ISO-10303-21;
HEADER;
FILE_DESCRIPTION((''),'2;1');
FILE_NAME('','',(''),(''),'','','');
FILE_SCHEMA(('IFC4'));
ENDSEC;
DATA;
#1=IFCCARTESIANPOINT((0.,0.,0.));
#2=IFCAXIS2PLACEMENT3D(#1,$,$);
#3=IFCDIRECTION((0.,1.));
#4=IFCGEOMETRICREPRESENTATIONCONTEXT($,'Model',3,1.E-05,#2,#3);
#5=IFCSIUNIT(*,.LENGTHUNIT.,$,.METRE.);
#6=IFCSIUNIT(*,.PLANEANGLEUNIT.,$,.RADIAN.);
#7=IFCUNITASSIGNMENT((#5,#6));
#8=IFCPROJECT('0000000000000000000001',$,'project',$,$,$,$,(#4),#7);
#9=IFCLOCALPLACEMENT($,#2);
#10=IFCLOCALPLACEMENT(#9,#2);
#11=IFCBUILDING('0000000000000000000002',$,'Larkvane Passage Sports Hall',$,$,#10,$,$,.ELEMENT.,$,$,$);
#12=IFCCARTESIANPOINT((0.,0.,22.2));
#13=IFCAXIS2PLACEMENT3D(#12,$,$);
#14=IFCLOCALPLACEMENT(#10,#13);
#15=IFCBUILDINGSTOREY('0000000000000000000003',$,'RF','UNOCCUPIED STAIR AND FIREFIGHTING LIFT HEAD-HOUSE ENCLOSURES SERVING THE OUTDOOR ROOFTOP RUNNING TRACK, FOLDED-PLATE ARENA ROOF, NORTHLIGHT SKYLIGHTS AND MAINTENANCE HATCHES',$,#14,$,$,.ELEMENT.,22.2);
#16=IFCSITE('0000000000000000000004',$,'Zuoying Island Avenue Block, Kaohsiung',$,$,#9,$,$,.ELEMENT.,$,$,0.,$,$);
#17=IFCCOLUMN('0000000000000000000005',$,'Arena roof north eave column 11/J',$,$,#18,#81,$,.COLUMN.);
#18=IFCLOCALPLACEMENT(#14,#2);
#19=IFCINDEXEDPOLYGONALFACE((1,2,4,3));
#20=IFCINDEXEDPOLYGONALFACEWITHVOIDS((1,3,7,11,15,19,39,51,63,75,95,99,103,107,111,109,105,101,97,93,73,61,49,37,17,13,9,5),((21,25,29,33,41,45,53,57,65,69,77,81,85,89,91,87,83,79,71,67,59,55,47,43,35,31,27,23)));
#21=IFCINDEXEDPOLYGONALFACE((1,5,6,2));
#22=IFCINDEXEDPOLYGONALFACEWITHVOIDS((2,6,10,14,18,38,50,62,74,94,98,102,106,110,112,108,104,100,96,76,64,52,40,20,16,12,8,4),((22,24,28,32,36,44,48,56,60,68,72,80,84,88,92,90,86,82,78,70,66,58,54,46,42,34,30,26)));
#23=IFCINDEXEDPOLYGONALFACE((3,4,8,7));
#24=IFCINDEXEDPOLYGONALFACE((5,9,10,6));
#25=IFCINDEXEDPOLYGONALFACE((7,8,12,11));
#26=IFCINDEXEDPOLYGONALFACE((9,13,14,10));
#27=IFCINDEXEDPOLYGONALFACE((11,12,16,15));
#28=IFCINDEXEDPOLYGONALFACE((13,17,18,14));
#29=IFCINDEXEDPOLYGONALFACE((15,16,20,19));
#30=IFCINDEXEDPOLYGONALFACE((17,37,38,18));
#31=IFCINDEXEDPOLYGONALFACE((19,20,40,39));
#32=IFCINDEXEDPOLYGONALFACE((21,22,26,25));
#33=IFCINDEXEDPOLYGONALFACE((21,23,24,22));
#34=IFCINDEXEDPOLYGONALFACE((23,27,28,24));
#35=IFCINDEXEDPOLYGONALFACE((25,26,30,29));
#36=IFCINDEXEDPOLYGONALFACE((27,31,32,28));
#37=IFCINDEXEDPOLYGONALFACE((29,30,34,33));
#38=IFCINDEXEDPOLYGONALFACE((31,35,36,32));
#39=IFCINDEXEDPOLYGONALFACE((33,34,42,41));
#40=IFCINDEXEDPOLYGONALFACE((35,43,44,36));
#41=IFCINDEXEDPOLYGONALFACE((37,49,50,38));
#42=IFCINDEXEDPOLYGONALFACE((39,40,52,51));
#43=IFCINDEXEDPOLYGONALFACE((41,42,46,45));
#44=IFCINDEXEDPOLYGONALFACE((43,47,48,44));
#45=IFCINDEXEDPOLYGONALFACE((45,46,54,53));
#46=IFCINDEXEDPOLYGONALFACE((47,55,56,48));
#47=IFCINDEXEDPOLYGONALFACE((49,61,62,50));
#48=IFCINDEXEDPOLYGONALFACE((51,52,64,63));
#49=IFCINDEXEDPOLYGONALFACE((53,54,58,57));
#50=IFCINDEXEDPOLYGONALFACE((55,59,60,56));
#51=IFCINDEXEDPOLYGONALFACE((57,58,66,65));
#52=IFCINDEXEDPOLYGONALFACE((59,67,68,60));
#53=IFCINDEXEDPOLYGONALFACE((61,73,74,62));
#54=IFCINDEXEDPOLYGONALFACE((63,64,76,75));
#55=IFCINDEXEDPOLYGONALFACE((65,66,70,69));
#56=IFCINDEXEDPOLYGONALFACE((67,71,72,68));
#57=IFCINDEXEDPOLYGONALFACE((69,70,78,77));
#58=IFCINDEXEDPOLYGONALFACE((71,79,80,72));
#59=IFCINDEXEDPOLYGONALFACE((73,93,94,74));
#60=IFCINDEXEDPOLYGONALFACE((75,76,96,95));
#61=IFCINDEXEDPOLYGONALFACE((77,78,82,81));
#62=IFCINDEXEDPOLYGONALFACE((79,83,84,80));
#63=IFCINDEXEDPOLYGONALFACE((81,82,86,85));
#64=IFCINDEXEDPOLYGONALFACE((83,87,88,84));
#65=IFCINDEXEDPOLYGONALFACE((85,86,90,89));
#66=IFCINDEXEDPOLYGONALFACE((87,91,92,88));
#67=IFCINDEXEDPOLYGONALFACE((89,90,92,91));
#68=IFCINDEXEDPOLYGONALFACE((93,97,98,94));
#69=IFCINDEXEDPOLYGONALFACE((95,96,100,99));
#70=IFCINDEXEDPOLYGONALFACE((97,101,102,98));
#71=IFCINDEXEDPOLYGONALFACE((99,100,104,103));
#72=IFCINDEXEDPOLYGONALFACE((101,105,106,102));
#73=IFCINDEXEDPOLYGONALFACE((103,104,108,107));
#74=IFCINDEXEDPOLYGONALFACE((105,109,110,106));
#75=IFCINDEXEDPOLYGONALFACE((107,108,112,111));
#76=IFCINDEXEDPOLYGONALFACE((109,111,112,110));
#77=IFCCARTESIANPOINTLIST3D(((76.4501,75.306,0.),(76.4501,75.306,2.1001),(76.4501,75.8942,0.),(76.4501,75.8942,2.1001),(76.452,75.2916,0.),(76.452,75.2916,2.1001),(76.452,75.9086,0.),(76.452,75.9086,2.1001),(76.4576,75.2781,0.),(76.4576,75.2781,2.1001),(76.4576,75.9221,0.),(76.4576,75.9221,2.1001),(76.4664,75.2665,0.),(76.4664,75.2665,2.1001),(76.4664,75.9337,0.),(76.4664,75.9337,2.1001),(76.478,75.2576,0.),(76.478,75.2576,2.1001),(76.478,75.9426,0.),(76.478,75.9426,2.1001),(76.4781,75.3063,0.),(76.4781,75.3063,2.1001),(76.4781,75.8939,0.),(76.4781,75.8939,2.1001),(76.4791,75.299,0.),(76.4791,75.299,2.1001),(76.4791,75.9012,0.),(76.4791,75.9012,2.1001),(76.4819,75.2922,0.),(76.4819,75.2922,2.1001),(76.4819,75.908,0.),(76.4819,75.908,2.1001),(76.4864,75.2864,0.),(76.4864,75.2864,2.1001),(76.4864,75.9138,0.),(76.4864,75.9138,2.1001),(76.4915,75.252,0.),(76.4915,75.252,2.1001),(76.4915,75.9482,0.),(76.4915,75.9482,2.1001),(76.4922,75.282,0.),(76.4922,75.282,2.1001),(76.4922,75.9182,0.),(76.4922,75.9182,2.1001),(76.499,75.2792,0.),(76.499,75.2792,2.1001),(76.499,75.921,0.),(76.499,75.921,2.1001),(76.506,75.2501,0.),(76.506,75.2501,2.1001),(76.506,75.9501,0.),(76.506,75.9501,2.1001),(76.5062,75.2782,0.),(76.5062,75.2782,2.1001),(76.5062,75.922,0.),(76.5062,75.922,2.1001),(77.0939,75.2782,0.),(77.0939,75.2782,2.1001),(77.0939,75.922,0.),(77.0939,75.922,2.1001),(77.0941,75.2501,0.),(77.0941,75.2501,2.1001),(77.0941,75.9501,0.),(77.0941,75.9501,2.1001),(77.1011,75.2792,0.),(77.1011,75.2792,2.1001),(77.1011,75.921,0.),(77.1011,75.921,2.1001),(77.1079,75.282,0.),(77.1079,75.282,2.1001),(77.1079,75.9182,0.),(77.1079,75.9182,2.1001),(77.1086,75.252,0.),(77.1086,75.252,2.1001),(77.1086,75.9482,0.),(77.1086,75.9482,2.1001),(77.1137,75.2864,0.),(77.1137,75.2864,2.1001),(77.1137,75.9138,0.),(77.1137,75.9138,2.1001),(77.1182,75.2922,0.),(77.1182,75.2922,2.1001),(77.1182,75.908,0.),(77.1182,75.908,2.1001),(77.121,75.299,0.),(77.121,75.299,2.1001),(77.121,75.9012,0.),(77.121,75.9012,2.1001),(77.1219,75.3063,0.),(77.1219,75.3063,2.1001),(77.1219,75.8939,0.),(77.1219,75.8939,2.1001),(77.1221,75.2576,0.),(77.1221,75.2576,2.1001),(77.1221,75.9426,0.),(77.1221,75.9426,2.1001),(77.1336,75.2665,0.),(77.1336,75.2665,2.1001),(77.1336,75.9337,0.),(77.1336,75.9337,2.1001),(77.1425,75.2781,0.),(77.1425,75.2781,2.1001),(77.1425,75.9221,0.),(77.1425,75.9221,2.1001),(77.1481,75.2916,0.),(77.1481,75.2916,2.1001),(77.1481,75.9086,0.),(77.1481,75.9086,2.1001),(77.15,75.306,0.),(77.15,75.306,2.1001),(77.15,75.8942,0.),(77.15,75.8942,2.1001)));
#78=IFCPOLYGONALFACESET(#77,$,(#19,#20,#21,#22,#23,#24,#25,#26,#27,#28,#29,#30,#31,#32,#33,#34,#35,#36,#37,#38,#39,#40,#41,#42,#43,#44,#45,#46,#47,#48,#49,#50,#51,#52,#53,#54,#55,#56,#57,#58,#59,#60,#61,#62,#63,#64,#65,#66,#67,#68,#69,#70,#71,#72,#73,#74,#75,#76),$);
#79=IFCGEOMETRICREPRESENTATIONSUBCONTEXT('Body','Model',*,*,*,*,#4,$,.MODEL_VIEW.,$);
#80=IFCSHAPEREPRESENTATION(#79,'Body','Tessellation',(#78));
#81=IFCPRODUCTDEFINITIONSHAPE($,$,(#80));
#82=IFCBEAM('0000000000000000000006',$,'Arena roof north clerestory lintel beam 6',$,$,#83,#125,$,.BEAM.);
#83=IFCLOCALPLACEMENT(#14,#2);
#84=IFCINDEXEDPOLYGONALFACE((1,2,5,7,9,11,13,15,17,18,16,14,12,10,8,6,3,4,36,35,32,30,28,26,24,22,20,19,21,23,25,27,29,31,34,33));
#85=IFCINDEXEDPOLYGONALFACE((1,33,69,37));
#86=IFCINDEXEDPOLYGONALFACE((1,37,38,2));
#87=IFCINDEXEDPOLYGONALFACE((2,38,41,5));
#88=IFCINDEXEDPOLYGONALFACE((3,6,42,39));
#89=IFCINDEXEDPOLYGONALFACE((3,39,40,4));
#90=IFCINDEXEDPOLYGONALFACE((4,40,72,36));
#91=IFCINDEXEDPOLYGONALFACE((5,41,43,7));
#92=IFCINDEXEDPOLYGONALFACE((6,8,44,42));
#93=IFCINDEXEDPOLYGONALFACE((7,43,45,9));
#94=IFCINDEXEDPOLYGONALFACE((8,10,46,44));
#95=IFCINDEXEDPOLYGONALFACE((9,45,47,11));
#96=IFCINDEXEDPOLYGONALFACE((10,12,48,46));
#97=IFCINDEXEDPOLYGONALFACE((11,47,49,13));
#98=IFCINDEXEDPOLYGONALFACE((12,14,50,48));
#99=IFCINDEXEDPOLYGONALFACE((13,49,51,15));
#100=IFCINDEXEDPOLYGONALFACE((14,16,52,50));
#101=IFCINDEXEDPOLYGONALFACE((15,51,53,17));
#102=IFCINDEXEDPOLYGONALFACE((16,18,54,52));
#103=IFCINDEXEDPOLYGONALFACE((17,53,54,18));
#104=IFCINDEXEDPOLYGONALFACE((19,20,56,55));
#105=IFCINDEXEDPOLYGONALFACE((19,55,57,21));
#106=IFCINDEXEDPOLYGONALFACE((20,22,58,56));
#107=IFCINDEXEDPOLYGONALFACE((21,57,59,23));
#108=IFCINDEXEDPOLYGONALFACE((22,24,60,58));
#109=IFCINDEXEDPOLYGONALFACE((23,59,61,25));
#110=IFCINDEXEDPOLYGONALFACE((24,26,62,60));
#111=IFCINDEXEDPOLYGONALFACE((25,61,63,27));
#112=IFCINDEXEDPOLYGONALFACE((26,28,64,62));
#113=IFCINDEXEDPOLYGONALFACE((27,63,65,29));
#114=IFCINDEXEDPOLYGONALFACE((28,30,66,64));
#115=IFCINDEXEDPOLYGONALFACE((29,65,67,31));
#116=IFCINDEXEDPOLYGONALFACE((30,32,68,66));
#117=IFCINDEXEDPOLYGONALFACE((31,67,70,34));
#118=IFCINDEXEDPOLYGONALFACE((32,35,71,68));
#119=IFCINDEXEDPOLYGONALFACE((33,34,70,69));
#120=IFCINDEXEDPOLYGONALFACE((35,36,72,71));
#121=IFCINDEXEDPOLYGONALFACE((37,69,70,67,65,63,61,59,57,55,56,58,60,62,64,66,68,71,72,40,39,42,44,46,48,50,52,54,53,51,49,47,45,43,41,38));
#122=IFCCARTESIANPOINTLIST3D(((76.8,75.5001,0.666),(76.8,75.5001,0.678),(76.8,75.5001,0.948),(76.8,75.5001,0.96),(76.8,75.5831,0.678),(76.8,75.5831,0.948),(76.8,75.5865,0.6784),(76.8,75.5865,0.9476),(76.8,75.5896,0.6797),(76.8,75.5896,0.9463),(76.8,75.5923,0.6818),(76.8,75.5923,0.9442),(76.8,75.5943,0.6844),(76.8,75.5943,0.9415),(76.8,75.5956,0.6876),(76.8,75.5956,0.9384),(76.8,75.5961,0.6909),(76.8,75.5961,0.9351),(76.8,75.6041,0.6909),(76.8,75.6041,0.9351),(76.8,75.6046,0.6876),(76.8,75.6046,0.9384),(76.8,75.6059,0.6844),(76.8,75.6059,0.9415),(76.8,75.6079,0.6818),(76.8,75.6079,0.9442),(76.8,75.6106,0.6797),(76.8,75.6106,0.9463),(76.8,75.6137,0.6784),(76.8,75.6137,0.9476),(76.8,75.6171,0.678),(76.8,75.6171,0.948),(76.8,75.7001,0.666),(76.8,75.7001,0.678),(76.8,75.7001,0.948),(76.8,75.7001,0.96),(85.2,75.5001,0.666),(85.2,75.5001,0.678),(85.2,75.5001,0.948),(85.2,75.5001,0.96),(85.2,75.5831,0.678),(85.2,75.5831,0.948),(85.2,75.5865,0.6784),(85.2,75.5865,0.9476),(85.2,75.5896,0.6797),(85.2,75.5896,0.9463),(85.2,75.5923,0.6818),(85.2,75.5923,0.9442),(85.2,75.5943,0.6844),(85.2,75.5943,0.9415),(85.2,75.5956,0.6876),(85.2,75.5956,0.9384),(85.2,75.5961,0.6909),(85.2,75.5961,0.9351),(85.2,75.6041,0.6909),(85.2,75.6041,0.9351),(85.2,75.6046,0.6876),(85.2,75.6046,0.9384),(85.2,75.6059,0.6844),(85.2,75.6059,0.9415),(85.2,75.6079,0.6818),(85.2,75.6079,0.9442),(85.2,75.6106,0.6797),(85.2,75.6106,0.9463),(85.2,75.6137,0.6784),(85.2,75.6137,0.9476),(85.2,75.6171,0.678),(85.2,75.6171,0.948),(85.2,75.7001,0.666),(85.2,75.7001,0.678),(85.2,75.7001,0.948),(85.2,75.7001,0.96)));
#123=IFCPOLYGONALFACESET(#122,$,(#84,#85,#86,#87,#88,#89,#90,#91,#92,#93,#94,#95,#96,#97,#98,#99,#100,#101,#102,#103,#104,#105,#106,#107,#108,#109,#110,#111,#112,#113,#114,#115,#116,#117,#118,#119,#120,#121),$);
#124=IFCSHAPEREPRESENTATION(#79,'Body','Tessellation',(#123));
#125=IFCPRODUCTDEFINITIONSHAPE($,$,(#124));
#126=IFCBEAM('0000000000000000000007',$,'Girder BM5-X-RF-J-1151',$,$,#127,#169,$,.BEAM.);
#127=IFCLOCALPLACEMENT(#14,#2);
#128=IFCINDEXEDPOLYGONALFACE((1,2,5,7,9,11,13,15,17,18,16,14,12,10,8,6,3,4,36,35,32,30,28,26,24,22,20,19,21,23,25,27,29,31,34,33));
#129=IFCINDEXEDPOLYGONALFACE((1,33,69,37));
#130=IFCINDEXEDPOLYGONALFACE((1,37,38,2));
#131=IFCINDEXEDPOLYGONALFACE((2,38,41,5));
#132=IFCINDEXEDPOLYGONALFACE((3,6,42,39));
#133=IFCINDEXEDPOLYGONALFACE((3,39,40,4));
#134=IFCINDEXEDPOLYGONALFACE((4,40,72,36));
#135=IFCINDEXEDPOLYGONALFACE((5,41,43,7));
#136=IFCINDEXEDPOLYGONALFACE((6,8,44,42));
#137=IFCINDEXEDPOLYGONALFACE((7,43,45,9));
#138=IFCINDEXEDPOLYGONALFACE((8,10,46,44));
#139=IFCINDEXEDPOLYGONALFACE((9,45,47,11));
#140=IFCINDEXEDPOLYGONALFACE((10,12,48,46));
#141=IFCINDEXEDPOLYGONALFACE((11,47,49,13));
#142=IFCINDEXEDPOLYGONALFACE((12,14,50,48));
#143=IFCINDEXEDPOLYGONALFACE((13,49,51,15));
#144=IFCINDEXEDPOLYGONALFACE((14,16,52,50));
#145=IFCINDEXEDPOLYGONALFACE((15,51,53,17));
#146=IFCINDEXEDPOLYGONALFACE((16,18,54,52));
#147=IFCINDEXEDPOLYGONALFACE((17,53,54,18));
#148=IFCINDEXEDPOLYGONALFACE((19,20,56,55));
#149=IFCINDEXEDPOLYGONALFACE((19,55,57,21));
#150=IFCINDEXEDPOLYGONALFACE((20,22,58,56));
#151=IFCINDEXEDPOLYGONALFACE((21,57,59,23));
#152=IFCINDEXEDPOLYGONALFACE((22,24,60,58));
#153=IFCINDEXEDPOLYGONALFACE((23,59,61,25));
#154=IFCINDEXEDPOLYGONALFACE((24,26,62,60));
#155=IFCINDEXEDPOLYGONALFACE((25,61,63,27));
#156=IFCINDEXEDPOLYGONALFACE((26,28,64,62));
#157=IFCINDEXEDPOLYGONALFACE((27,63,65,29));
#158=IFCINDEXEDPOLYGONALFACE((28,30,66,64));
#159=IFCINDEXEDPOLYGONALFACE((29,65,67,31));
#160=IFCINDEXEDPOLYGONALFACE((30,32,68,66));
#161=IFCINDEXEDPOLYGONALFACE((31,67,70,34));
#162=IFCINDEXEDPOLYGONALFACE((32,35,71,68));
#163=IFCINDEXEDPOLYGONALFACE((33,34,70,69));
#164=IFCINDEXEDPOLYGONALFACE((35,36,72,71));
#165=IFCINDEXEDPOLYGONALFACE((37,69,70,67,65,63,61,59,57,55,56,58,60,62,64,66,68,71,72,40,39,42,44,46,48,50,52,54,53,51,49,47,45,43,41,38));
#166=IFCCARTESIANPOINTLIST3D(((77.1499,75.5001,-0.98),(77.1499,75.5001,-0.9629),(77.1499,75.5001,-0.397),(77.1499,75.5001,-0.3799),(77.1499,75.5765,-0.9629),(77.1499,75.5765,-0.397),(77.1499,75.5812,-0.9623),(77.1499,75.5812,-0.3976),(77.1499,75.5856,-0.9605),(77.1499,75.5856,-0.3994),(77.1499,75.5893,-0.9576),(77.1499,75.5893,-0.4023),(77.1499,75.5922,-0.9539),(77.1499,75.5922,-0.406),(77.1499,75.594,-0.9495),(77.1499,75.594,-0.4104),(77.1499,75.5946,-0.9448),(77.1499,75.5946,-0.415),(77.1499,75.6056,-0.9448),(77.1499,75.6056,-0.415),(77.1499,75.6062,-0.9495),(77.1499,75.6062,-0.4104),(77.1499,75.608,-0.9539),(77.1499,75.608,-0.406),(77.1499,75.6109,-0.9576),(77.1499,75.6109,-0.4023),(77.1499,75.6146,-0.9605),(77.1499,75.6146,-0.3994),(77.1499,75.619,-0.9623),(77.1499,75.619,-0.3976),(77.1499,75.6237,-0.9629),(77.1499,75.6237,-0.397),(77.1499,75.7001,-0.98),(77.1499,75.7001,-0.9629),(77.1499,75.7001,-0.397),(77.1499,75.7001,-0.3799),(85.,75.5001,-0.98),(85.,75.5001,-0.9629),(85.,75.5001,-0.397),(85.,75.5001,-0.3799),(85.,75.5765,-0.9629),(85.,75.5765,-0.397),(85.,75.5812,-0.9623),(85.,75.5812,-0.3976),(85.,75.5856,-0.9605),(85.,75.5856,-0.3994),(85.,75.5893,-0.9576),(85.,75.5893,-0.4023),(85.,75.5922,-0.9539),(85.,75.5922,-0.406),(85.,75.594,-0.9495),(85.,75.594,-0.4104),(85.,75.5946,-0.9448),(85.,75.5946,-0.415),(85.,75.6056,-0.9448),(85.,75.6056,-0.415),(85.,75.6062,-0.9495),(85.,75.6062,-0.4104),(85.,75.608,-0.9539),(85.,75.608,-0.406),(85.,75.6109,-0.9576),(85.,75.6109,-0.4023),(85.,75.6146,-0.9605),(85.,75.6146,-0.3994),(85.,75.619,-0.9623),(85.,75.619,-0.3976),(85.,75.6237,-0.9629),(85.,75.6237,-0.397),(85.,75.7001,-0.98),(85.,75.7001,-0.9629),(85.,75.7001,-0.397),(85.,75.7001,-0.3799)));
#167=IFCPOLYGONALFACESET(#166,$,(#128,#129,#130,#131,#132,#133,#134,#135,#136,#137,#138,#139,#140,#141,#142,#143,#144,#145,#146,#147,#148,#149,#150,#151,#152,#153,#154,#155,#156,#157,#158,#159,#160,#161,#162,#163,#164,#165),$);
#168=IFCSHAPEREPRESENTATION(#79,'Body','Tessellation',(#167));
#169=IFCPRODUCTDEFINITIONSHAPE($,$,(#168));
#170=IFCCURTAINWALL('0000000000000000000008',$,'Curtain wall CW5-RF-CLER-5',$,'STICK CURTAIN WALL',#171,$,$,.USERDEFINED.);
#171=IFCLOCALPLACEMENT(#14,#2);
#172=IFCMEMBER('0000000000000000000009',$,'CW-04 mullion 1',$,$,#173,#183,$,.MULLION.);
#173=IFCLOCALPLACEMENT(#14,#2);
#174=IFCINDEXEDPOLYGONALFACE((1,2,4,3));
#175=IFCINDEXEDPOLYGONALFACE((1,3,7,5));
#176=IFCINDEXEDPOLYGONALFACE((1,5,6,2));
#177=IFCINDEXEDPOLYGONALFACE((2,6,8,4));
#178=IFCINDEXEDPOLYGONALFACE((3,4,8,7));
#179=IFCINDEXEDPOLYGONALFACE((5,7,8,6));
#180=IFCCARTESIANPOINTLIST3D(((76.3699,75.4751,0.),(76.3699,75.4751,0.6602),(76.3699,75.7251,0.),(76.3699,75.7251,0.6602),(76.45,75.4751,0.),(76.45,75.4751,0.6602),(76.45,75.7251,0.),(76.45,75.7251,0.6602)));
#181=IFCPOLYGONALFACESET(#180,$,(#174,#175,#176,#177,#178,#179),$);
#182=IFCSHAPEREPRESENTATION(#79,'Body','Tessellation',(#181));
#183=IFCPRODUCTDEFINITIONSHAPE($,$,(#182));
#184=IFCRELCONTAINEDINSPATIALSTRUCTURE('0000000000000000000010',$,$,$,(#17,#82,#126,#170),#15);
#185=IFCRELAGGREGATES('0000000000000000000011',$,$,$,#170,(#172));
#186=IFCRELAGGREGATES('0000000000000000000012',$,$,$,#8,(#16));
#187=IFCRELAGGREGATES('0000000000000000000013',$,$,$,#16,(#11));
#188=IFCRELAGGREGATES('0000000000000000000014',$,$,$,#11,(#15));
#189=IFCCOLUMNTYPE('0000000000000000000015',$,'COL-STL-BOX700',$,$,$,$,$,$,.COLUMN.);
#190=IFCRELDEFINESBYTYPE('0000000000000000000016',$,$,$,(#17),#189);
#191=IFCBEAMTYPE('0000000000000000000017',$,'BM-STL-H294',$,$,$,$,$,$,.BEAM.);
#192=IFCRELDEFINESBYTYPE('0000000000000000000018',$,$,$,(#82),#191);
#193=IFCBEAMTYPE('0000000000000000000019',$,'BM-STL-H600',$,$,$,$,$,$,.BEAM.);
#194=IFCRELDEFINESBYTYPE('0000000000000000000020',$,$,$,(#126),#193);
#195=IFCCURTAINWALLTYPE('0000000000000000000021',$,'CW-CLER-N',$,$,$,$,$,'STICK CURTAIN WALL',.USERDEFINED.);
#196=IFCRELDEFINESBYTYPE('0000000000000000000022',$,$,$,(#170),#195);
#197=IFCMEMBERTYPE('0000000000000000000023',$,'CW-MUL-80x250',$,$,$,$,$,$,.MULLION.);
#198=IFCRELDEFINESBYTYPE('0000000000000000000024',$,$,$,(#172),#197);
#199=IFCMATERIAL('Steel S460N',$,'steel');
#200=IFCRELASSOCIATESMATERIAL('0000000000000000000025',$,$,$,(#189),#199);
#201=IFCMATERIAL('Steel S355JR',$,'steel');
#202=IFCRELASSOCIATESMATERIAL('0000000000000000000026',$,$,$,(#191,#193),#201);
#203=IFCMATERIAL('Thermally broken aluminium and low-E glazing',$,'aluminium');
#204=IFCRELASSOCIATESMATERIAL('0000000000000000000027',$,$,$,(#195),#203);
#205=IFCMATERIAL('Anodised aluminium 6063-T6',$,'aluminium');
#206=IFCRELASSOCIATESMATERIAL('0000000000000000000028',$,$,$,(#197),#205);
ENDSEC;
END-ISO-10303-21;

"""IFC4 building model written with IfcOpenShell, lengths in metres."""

from ifc_helpers import new_model, si_unit, direction, frame, origin, origin_2d, place, context, subcontext, project, spatial, rectangle, hollow_rectangle, i_section, extrude, material, material_profile, profile_set, type_object, element, aggregate, save


model = new_model("IFC4")

# Units and contexts
model_context = context("Model", 3, precision=1e-05, world=origin(), true_north=direction((0.0, 1.0)))
body_context = subcontext(model_context, "Body", "Model", "MODEL_VIEW")
ifc_project = project(units=[si_unit("LENGTHUNIT", "METRE"), si_unit("PLANEANGLEUNIT", "RADIAN")], contexts=[model_context])

# Site, building, storey
site_placement = place(None, origin())
site = spatial("IfcSite", under=ifc_project, at=site_placement, Name="Zuoying Island Avenue Block, Kaohsiung", CompositionType="ELEMENT", RefElevation=0.0)
building_placement = place(site_placement, origin())
building = spatial("IfcBuilding", under=site, at=building_placement, Name="Larkvane Passage Sports Hall", CompositionType="ELEMENT")
storey_placement = place(building_placement, frame((0.0, 0.0, 22.2)))
storey = spatial("IfcBuildingStorey", under=building, at=storey_placement, Name="RF", Description="UNOCCUPIED STAIR AND FIREFIGHTING LIFT HEAD-HOUSE ENCLOSURES SERVING THE OUTDOOR ROOFTOP RUNNING TRACK, FOLDED-PLATE ARENA ROOF, NORTHLIGHT SKYLIGHTS AND MAINTENANCE HATCHES", CompositionType="ELEMENT", Elevation=22.2)

# Column
ifc_material_1 = material(Name="Steel S460N", Category="steel")
ifc_material_profile_1 = material_profile(ifc_material_1, hollow_rectangle(XDim=0.7, YDim=0.7, WallThickness=0.0281, InnerFilletRadius=0.0281, OuterFilletRadius=0.0559, at=origin_2d()), Name="BOX-700x700x28")
ifc_profile_set_1 = profile_set([ifc_material_profile_1], Name="Steel S460N")
column_type = type_object("IfcColumnType", Name="COL-STL-BOX700", PredefinedType="COLUMN", material=ifc_profile_set_1)
column_placement = place(storey_placement, frame((76.8, 75.6001, 0.0), z_axis=(0.0, 0.0, 1.0), x_axis=(1.0, 0.0, 0.0)))
element("IfcColumn", 1, at=column_placement, inside=storey, type_object=column_type, Name="Arena roof north eave column 11/J", PredefinedType="COLUMN", context=body_context, shape_type="SweptSolid", body=[
    extrude(hollow_rectangle(XDim=0.7, YDim=0.7, WallThickness=0.0281, InnerFilletRadius=0.0281, OuterFilletRadius=0.0559, at=origin_2d()), origin(), (0.0, 0.0, 1.0), 2.1001),
])

# Beams
ifc_material_2 = material(Name="Steel S355JR", Category="steel")
ifc_material_profile_2 = material_profile(ifc_material_2, i_section(OverallWidth=0.2, OverallDepth=0.2939, WebThickness=0.0081, FlangeThickness=0.012, FilletRadius=0.0129, at=origin_2d()), Name="H-294x200x8x12")
ifc_profile_set_2 = profile_set([ifc_material_profile_2], Name="Steel S355JR")
beam_type_1 = type_object("IfcBeamType", Name="BM-STL-H294", PredefinedType="BEAM", material=ifc_profile_set_2)
beam_1_placement = place(storey_placement, frame((76.8, 75.6001, 0.813), z_axis=(1.0, 0.0, 0.0), x_axis=(0.0, 1.0, 0.0)))
element("IfcBeam", 2, at=beam_1_placement, inside=storey, type_object=beam_type_1, Name="Arena roof north clerestory lintel beam 6", PredefinedType="BEAM", context=body_context, shape_type="SweptSolid", body=[
    extrude(i_section(OverallWidth=0.2, OverallDepth=0.2939, WebThickness=0.0081, FlangeThickness=0.012, FilletRadius=0.0129, at=origin_2d()), origin(), (0.0, 0.0, 1.0), 8.3999),
])
ifc_material_profile_3 = material_profile(ifc_material_2, i_section(OverallWidth=0.2, OverallDepth=0.6001, WebThickness=0.011, FlangeThickness=0.0171, FilletRadius=0.0181, at=origin_2d()), Name="H-600x200x11x17")
ifc_profile_set_3 = profile_set([ifc_material_profile_3], Name="Steel S355JR")
beam_type_2 = type_object("IfcBeamType", Name="BM-STL-H600", PredefinedType="BEAM", material=ifc_profile_set_3)
beam_2_placement = place(storey_placement, frame((77.1499, 75.6001, -0.6799), z_axis=(1.0, 0.0, 0.0), x_axis=(0.0, 1.0, 0.0)))
element("IfcBeam", 3, at=beam_2_placement, inside=storey, type_object=beam_type_2, Name="Girder BM5-X-RF-J-1151", PredefinedType="BEAM", context=body_context, shape_type="SweptSolid", body=[
    extrude(i_section(OverallWidth=0.2, OverallDepth=0.6001, WebThickness=0.011, FlangeThickness=0.0171, FilletRadius=0.0181, at=origin_2d()), origin(), (0.0, 0.0, 1.0), 7.8501),
])

# Curtain wall, member
ifc_material_3 = material(Name="Thermally broken aluminium and low-E glazing", Category="aluminium")
curtain_wall_type = type_object("IfcCurtainWallType", Name="CW-CLER-N", ElementType="STICK CURTAIN WALL", PredefinedType="USERDEFINED", material=ifc_material_3)
curtain_wall_1_placement = place(storey_placement, origin())
curtain_wall_1 = element("IfcCurtainWall", 4, at=curtain_wall_1_placement, inside=storey, type_object=curtain_wall_type, Name="Curtain wall CW5-RF-CLER-5", ObjectType="STICK CURTAIN WALL", PredefinedType="USERDEFINED")
ifc_material_4 = material(Name="Anodised aluminium 6063-T6", Category="aluminium")
ifc_material_profile_4 = material_profile(ifc_material_4, rectangle(XDim=0.0801, YDim=0.25, at=origin_2d()), Name="ALU-MUL-80x250")
ifc_profile_set_4 = profile_set([ifc_material_profile_4], Name="Anodised aluminium 6063-T6")
member_type_1 = type_object("IfcMemberType", Name="CW-MUL-80x250", PredefinedType="MULLION", material=ifc_profile_set_4)
member_1_placement = place(storey_placement, frame((76.4099, 75.6001, 0.0), z_axis=(0.0, 0.0, 1.0), x_axis=(-1.0, 0.0, 0.0)))
member_1 = element("IfcMember", 5, at=member_1_placement, type_object=member_type_1, Name="CW-04 mullion 1", PredefinedType="MULLION", context=body_context, shape_type="SweptSolid", body=[
    extrude(rectangle(XDim=0.0801, YDim=0.25, at=origin_2d()), origin(), (0.0, 0.0, 1.0), 0.6602),
])

aggregate(curtain_wall_1, [member_1])

save(model, "model.ifc")
